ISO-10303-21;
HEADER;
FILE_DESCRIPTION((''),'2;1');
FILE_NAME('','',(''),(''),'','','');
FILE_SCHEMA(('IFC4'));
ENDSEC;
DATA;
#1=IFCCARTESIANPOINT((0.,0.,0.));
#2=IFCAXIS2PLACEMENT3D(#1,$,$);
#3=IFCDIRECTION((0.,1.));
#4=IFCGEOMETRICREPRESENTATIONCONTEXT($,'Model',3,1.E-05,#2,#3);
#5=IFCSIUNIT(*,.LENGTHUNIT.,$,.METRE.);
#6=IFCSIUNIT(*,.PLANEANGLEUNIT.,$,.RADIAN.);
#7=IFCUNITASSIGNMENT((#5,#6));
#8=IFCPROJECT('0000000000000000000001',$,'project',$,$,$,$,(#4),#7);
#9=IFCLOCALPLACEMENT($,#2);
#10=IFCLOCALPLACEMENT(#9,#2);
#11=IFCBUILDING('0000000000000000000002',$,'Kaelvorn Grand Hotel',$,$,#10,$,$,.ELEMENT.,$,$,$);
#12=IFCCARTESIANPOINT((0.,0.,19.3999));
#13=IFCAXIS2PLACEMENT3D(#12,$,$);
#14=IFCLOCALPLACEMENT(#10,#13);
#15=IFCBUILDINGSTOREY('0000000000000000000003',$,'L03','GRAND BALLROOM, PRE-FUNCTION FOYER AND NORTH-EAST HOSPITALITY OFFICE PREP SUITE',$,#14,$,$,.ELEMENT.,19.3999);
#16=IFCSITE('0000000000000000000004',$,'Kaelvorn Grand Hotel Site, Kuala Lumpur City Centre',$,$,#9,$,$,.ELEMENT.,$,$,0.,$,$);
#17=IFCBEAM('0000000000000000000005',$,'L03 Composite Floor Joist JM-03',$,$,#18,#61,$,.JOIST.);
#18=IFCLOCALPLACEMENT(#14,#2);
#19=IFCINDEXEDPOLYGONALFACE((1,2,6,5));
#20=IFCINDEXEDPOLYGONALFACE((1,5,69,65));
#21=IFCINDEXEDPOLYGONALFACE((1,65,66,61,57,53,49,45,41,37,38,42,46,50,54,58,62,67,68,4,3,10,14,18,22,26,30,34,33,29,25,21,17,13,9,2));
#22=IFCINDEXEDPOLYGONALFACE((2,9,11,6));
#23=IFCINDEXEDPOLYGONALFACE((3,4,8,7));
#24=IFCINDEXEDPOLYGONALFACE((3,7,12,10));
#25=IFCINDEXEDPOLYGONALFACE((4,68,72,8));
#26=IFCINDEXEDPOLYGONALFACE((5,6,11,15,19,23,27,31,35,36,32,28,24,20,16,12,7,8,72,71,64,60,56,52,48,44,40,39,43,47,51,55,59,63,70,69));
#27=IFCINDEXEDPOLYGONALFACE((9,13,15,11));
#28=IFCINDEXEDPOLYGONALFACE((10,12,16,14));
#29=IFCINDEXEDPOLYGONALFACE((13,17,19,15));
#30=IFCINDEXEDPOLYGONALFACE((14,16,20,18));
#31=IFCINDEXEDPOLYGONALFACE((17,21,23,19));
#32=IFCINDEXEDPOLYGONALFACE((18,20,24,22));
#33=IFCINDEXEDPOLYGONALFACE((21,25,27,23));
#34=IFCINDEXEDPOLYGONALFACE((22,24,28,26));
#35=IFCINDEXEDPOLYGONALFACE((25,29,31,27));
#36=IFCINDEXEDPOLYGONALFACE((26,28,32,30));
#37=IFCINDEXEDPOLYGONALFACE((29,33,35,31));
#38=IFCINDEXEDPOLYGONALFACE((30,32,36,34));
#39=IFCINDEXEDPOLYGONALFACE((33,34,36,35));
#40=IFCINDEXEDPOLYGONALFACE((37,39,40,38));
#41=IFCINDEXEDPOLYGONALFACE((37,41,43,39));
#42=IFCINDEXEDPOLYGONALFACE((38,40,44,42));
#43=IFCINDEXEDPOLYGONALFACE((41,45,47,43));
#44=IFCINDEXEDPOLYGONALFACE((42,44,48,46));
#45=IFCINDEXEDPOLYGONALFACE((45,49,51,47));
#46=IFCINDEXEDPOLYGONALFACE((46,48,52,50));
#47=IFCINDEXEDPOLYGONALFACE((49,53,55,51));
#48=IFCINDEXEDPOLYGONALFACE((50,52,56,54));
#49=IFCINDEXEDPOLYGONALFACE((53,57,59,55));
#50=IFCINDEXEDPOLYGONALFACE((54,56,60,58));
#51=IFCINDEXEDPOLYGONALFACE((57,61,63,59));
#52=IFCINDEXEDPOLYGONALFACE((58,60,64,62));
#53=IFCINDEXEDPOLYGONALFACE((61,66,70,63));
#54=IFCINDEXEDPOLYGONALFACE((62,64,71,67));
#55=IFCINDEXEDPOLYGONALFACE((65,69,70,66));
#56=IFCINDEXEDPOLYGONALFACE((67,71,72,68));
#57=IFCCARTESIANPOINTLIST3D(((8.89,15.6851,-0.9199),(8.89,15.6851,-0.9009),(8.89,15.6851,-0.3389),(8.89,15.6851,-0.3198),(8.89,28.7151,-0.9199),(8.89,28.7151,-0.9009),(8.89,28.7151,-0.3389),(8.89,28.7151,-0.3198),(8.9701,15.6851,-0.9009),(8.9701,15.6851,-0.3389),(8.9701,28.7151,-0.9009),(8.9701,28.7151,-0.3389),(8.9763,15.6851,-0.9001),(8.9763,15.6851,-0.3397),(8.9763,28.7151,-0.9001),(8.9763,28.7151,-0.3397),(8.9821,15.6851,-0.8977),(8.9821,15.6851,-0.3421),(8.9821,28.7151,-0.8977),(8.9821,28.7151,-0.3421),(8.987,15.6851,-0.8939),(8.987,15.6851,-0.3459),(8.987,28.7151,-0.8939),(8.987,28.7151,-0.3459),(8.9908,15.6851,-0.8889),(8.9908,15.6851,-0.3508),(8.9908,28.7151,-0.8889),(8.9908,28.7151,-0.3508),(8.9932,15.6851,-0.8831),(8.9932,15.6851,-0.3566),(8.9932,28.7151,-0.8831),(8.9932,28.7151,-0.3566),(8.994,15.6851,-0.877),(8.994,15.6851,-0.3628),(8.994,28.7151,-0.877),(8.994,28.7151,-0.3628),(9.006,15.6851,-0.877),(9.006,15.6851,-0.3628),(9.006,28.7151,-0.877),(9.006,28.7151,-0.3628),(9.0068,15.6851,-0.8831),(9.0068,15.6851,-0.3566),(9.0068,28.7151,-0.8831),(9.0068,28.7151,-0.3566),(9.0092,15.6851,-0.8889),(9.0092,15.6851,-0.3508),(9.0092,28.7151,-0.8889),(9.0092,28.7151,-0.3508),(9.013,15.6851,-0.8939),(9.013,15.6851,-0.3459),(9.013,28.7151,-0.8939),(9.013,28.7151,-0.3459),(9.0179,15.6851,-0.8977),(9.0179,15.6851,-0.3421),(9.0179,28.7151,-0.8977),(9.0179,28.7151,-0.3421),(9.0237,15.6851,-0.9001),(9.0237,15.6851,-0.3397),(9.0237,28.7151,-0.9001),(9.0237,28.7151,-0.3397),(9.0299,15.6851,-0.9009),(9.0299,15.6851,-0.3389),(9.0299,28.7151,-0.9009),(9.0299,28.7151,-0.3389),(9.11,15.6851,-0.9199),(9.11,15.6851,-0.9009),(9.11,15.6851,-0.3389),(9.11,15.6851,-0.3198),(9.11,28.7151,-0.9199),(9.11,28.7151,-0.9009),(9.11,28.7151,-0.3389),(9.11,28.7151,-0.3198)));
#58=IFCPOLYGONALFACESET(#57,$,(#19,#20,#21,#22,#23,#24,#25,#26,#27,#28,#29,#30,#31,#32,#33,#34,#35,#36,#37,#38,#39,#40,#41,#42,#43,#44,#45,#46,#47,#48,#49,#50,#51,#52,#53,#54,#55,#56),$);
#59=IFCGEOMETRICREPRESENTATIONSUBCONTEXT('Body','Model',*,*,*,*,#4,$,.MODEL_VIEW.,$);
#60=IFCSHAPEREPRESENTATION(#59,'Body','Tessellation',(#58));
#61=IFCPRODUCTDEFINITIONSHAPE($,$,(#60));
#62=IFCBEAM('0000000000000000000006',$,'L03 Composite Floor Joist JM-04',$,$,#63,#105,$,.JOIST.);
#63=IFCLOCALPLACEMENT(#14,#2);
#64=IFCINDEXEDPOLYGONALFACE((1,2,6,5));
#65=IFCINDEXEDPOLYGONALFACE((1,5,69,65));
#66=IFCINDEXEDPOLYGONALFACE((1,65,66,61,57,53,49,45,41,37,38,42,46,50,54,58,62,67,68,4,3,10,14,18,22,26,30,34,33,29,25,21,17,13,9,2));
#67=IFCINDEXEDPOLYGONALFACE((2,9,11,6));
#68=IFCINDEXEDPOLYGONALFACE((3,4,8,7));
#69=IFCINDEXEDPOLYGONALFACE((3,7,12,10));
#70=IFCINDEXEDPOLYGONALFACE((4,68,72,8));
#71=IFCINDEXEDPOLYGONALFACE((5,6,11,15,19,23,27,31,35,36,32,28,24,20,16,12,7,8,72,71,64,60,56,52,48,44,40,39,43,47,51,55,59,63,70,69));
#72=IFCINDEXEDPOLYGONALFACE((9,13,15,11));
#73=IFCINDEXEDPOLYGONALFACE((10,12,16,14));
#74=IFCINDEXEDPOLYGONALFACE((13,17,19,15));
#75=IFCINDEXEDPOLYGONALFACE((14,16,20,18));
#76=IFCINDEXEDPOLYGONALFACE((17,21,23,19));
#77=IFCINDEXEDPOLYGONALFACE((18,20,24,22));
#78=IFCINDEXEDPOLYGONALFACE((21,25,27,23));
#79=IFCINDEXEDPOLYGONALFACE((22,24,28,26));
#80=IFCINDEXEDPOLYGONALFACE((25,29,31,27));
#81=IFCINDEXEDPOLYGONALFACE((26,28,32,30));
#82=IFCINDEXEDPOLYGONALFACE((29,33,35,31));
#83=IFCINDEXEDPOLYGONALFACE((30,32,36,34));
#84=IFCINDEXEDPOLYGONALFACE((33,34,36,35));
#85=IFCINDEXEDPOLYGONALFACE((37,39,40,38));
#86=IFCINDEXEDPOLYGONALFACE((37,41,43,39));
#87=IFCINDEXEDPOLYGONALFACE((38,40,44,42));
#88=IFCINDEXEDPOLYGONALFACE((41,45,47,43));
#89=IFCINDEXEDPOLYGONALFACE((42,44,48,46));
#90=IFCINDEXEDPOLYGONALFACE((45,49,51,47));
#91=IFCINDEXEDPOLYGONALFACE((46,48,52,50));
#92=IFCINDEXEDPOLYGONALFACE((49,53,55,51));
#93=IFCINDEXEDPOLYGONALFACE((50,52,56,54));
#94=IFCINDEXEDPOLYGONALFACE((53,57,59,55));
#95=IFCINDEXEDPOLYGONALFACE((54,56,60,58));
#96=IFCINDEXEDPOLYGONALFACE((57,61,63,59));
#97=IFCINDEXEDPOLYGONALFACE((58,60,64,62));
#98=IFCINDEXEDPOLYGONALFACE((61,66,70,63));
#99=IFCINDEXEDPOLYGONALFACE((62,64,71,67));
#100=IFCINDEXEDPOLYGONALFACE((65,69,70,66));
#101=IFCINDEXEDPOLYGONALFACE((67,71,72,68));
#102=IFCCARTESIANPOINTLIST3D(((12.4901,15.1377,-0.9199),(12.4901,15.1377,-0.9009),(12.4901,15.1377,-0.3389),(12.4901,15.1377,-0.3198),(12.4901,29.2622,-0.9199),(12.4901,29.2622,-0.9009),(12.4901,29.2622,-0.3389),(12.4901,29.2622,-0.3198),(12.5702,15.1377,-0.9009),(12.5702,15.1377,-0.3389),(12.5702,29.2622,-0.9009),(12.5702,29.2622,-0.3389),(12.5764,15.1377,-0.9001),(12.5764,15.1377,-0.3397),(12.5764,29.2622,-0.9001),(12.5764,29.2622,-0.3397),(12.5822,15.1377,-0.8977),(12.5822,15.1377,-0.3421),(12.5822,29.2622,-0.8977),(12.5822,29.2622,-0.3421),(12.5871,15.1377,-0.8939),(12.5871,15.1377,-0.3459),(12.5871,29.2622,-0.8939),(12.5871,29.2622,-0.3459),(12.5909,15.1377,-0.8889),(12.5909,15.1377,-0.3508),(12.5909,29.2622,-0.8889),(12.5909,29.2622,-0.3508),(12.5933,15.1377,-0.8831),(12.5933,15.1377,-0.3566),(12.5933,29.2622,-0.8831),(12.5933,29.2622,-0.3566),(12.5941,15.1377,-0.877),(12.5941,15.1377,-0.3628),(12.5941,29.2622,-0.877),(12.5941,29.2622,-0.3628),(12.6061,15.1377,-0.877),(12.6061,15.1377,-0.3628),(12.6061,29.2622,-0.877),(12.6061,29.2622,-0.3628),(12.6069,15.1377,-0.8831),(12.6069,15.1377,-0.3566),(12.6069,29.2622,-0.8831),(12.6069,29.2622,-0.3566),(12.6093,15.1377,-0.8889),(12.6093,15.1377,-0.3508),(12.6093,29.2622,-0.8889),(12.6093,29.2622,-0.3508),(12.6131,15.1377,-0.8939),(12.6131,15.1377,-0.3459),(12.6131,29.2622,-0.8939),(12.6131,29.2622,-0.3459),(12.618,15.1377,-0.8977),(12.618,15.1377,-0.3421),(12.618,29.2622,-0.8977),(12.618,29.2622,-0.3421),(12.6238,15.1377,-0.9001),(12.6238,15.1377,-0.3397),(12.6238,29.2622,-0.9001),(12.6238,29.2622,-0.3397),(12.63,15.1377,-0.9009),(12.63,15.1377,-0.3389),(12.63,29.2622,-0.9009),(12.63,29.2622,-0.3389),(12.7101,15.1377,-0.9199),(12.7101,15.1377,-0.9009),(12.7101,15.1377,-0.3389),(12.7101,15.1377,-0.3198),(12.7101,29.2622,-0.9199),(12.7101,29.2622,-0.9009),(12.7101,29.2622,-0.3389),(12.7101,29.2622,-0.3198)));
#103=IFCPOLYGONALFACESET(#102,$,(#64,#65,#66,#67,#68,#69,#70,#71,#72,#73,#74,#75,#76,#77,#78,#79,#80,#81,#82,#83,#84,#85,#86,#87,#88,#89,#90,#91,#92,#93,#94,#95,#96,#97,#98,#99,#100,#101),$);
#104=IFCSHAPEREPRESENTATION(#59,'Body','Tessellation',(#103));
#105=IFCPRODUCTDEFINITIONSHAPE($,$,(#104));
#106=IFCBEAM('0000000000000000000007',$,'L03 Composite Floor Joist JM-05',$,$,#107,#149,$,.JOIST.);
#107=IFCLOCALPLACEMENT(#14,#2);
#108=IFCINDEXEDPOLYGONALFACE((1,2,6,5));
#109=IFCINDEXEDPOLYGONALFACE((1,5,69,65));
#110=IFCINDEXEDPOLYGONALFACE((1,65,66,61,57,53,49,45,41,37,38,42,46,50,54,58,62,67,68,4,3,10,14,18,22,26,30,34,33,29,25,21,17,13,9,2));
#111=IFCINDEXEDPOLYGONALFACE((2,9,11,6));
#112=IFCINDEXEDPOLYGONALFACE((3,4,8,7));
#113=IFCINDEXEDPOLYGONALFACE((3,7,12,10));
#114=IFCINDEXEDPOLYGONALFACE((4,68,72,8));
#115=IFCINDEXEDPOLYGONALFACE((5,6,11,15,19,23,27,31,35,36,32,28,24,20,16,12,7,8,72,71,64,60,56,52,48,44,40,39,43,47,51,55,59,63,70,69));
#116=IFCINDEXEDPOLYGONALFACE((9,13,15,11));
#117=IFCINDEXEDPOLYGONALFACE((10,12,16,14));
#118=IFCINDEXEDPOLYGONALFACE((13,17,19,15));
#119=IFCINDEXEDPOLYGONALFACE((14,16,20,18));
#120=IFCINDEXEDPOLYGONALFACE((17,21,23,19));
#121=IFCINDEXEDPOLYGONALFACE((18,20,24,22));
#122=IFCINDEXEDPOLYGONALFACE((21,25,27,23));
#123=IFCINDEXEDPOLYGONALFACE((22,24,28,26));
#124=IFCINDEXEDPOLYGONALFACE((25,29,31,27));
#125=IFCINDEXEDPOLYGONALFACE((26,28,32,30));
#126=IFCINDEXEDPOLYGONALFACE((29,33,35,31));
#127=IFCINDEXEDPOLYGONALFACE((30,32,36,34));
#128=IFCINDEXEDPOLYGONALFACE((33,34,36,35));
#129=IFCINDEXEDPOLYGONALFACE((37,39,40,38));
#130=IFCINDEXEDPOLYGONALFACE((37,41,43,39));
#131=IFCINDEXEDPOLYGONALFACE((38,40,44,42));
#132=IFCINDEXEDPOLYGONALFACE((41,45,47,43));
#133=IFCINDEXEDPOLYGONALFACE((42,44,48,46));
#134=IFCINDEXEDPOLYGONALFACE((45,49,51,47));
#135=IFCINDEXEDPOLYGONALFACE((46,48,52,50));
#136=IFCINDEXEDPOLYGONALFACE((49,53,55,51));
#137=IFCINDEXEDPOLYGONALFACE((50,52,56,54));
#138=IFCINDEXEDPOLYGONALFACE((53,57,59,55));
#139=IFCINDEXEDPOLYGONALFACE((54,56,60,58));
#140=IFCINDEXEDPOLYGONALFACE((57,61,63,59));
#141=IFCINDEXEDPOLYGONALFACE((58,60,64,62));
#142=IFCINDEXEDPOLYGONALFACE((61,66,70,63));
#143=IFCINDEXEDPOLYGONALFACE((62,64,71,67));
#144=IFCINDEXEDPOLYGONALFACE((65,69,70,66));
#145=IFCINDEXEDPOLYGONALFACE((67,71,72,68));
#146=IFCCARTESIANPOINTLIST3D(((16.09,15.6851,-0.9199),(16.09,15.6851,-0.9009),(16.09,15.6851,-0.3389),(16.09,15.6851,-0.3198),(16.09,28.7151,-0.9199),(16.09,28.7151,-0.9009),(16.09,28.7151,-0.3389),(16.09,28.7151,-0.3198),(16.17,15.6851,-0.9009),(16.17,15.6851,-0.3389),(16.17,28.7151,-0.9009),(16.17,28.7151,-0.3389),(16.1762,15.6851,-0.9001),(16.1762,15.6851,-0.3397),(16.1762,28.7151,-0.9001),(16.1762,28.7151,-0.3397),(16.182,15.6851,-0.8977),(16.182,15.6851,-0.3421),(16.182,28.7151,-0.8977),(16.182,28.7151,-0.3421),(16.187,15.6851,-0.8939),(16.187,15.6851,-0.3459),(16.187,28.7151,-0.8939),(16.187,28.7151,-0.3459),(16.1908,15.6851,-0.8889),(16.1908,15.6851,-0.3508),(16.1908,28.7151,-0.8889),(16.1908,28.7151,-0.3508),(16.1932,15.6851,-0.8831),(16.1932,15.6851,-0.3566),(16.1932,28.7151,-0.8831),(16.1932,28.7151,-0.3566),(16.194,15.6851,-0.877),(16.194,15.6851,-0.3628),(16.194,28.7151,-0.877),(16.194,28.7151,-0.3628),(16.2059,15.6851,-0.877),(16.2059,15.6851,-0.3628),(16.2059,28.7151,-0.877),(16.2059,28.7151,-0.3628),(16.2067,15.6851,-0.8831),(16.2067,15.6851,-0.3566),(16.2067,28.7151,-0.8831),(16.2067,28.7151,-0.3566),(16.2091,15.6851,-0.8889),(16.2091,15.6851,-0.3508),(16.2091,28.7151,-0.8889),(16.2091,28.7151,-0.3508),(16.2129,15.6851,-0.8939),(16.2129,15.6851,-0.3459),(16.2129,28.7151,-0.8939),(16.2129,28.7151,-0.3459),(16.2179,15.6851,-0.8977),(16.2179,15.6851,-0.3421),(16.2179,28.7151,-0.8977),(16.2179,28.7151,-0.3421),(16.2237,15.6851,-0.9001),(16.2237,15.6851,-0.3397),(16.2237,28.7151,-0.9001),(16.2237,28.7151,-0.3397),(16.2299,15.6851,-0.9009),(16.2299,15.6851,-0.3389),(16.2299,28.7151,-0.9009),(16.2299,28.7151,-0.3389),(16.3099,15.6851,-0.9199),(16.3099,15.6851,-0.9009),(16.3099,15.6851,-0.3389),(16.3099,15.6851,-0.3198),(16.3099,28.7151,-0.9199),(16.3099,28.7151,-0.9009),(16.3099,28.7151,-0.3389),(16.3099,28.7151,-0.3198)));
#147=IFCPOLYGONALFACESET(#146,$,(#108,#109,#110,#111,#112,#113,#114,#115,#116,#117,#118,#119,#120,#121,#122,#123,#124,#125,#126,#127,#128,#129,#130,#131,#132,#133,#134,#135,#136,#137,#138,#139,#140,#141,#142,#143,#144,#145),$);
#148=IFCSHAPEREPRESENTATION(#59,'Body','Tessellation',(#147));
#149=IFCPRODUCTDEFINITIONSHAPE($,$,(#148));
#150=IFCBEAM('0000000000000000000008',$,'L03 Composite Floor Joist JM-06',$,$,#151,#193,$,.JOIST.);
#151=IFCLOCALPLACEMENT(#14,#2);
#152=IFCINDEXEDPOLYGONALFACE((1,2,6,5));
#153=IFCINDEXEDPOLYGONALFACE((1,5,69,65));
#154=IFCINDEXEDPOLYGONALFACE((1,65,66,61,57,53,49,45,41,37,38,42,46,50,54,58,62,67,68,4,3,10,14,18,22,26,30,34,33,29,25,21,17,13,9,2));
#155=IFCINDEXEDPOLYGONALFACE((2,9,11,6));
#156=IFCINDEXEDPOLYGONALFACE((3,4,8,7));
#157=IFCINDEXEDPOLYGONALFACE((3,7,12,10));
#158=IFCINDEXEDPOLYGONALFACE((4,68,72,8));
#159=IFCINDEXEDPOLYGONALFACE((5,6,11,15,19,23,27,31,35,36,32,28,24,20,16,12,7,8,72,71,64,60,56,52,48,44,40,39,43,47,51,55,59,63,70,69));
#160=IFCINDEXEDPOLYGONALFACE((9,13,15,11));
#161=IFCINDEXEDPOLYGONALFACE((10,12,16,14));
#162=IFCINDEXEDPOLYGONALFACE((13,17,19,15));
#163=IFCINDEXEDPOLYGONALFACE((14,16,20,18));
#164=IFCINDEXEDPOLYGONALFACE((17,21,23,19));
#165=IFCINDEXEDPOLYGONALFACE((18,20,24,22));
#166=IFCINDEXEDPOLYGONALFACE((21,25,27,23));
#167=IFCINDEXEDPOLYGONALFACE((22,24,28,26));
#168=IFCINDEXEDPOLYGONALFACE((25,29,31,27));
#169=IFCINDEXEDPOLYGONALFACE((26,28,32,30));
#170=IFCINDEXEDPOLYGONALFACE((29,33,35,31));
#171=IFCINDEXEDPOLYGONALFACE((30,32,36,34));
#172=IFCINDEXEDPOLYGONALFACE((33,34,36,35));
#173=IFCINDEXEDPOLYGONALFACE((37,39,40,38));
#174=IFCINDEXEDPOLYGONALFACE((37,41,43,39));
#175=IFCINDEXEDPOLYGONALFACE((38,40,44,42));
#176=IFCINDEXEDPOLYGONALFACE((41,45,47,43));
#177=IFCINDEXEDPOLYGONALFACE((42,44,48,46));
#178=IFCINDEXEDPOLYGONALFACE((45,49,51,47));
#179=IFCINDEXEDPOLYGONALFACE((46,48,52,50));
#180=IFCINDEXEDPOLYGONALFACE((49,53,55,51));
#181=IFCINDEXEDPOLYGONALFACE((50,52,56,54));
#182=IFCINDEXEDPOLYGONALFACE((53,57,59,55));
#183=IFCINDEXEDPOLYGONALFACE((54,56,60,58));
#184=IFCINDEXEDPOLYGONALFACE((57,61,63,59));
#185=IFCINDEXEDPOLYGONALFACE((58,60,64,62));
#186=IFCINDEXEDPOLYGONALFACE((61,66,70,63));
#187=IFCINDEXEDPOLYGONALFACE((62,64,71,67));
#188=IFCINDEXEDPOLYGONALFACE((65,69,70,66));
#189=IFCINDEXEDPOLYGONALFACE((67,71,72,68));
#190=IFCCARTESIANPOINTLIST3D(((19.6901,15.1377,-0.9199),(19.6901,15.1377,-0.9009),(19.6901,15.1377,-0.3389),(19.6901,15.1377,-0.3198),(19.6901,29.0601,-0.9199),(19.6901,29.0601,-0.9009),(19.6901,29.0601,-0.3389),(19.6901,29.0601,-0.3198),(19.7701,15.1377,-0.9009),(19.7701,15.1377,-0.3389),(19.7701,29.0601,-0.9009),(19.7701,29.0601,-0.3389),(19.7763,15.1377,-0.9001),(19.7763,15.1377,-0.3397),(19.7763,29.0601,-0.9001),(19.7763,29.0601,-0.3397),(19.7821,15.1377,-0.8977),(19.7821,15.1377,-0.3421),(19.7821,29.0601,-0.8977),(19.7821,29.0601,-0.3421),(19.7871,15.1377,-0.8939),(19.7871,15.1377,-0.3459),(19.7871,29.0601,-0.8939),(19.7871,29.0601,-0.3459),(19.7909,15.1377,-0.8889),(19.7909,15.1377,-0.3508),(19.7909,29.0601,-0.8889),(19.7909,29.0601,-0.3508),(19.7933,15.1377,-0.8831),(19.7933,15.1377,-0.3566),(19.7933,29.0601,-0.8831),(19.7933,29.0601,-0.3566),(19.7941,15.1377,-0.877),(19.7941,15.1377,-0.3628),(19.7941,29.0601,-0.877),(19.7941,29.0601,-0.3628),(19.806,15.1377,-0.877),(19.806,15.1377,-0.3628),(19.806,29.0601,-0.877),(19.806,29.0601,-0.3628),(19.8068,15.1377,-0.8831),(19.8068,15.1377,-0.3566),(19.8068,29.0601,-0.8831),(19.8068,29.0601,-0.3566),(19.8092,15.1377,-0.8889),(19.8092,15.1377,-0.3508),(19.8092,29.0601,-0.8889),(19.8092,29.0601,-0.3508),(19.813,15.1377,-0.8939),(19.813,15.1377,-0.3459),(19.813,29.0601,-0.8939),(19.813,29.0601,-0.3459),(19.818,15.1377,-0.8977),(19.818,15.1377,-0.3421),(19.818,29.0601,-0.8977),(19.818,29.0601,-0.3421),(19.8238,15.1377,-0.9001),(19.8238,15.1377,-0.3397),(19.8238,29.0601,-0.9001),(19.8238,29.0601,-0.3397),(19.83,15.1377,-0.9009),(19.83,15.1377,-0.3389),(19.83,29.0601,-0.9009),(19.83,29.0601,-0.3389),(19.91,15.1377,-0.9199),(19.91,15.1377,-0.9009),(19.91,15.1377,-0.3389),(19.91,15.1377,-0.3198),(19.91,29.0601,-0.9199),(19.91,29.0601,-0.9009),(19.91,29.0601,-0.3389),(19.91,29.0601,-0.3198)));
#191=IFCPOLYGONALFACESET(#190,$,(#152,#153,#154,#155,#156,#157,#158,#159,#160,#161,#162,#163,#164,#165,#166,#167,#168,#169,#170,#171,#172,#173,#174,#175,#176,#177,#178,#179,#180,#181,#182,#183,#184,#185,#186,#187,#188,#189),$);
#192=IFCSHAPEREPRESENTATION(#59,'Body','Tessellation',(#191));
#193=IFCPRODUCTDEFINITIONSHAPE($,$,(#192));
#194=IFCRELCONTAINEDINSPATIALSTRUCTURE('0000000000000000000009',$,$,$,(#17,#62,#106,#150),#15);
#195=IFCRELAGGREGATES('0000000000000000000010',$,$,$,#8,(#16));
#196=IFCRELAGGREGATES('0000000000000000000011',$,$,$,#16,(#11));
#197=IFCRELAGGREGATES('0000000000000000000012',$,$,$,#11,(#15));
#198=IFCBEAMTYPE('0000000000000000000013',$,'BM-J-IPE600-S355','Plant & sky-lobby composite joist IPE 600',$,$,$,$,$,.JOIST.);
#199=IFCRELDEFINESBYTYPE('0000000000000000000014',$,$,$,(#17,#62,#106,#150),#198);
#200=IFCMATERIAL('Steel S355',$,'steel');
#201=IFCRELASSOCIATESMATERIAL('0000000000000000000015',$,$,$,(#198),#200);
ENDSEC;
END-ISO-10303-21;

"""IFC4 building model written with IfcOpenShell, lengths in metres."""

from ifc_helpers import new_model, si_unit, direction, frame, origin, origin_2d, place, context, subcontext, project, spatial, i_section, extrude, material, material_profile, profile_set, type_object, element, save


model = new_model("IFC4")

# Units and contexts
model_context = context("Model", 3, precision=1e-05, world=origin(), true_north=direction((0.0, 1.0)))
body_context = subcontext(model_context, "Body", "Model", "MODEL_VIEW")
ifc_project = project(units=[si_unit("LENGTHUNIT", "METRE"), si_unit("PLANEANGLEUNIT", "RADIAN")], contexts=[model_context])

# Site, building, storey
site_placement = place(None, origin())
site = spatial("IfcSite", under=ifc_project, at=site_placement, Name="Kaelvorn Grand Hotel Site, Kuala Lumpur City Centre", CompositionType="ELEMENT", RefElevation=0.0)
building_placement = place(site_placement, origin())
building = spatial("IfcBuilding", under=site, at=building_placement, Name="Kaelvorn Grand Hotel", CompositionType="ELEMENT")
storey_placement = place(building_placement, frame((0.0, 0.0, 19.3999)))
storey = spatial("IfcBuildingStorey", under=building, at=storey_placement, Name="L03", Description="GRAND BALLROOM, PRE-FUNCTION FOYER AND NORTH-EAST HOSPITALITY OFFICE PREP SUITE", CompositionType="ELEMENT", Elevation=19.3999)

# Beams
ifc_material_1 = material(Name="Steel S355", Category="steel")
ifc_material_profile_1 = material_profile(ifc_material_1, i_section(OverallWidth=0.22, OverallDepth=0.6001, WebThickness=0.012, FlangeThickness=0.019, FilletRadius=0.0239, at=origin_2d()), Name="IPE 600")
ifc_profile_set_1 = profile_set([ifc_material_profile_1], Name="Steel S355")
beam_type_1 = type_object("IfcBeamType", Name="BM-J-IPE600-S355", Description="Plant & sky-lobby composite joist IPE 600", PredefinedType="JOIST", material=ifc_profile_set_1)
beam_1_placement = place(storey_placement, frame((9.0, 15.6851, -0.6199), z_axis=(0.0, 1.0, 0.0), x_axis=(-1.0, 0.0, 0.0)))
element("IfcBeam", 1, at=beam_1_placement, inside=storey, type_object=beam_type_1, Name="L03 Composite Floor Joist JM-03", PredefinedType="JOIST", context=body_context, shape_type="SweptSolid", body=[
    extrude(i_section(OverallWidth=0.22, OverallDepth=0.6001, WebThickness=0.012, FlangeThickness=0.019, FilletRadius=0.0239, at=origin_2d()), origin(), (0.0, 0.0, 1.0), 13.03),
])
beam_2_placement = place(storey_placement, frame((12.6001, 15.1377, -0.6199), z_axis=(0.0, 1.0, 0.0), x_axis=(-1.0, 0.0, 0.0)))
element("IfcBeam", 2, at=beam_2_placement, inside=storey, type_object=beam_type_1, Name="L03 Composite Floor Joist JM-04", PredefinedType="JOIST", context=body_context, shape_type="SweptSolid", body=[
    extrude(i_section(OverallWidth=0.22, OverallDepth=0.6001, WebThickness=0.012, FlangeThickness=0.019, FilletRadius=0.0239, at=origin_2d()), origin(), (0.0, 0.0, 1.0), 14.1245),
])
beam_3_placement = place(storey_placement, frame((16.2, 15.6851, -0.6199), z_axis=(0.0, 1.0, 0.0), x_axis=(-1.0, 0.0, 0.0)))
element("IfcBeam", 3, at=beam_3_placement, inside=storey, type_object=beam_type_1, Name="L03 Composite Floor Joist JM-05", PredefinedType="JOIST", context=body_context, shape_type="SweptSolid", body=[
    extrude(i_section(OverallWidth=0.22, OverallDepth=0.6001, WebThickness=0.012, FlangeThickness=0.019, FilletRadius=0.0239, at=origin_2d()), origin(), (0.0, 0.0, 1.0), 13.03),
])
beam_4_placement = place(storey_placement, frame((19.8, 15.1377, -0.6199), z_axis=(0.0, 1.0, 0.0), x_axis=(-1.0, 0.0, 0.0)))
element("IfcBeam", 4, at=beam_4_placement, inside=storey, type_object=beam_type_1, Name="L03 Composite Floor Joist JM-06", PredefinedType="JOIST", context=body_context, shape_type="SweptSolid", body=[
    extrude(i_section(OverallWidth=0.22, OverallDepth=0.6001, WebThickness=0.012, FlangeThickness=0.019, FilletRadius=0.0239, at=origin_2d()), origin(), (0.0, 0.0, 1.0), 13.9224),
])

save(model, "model.ifc")
